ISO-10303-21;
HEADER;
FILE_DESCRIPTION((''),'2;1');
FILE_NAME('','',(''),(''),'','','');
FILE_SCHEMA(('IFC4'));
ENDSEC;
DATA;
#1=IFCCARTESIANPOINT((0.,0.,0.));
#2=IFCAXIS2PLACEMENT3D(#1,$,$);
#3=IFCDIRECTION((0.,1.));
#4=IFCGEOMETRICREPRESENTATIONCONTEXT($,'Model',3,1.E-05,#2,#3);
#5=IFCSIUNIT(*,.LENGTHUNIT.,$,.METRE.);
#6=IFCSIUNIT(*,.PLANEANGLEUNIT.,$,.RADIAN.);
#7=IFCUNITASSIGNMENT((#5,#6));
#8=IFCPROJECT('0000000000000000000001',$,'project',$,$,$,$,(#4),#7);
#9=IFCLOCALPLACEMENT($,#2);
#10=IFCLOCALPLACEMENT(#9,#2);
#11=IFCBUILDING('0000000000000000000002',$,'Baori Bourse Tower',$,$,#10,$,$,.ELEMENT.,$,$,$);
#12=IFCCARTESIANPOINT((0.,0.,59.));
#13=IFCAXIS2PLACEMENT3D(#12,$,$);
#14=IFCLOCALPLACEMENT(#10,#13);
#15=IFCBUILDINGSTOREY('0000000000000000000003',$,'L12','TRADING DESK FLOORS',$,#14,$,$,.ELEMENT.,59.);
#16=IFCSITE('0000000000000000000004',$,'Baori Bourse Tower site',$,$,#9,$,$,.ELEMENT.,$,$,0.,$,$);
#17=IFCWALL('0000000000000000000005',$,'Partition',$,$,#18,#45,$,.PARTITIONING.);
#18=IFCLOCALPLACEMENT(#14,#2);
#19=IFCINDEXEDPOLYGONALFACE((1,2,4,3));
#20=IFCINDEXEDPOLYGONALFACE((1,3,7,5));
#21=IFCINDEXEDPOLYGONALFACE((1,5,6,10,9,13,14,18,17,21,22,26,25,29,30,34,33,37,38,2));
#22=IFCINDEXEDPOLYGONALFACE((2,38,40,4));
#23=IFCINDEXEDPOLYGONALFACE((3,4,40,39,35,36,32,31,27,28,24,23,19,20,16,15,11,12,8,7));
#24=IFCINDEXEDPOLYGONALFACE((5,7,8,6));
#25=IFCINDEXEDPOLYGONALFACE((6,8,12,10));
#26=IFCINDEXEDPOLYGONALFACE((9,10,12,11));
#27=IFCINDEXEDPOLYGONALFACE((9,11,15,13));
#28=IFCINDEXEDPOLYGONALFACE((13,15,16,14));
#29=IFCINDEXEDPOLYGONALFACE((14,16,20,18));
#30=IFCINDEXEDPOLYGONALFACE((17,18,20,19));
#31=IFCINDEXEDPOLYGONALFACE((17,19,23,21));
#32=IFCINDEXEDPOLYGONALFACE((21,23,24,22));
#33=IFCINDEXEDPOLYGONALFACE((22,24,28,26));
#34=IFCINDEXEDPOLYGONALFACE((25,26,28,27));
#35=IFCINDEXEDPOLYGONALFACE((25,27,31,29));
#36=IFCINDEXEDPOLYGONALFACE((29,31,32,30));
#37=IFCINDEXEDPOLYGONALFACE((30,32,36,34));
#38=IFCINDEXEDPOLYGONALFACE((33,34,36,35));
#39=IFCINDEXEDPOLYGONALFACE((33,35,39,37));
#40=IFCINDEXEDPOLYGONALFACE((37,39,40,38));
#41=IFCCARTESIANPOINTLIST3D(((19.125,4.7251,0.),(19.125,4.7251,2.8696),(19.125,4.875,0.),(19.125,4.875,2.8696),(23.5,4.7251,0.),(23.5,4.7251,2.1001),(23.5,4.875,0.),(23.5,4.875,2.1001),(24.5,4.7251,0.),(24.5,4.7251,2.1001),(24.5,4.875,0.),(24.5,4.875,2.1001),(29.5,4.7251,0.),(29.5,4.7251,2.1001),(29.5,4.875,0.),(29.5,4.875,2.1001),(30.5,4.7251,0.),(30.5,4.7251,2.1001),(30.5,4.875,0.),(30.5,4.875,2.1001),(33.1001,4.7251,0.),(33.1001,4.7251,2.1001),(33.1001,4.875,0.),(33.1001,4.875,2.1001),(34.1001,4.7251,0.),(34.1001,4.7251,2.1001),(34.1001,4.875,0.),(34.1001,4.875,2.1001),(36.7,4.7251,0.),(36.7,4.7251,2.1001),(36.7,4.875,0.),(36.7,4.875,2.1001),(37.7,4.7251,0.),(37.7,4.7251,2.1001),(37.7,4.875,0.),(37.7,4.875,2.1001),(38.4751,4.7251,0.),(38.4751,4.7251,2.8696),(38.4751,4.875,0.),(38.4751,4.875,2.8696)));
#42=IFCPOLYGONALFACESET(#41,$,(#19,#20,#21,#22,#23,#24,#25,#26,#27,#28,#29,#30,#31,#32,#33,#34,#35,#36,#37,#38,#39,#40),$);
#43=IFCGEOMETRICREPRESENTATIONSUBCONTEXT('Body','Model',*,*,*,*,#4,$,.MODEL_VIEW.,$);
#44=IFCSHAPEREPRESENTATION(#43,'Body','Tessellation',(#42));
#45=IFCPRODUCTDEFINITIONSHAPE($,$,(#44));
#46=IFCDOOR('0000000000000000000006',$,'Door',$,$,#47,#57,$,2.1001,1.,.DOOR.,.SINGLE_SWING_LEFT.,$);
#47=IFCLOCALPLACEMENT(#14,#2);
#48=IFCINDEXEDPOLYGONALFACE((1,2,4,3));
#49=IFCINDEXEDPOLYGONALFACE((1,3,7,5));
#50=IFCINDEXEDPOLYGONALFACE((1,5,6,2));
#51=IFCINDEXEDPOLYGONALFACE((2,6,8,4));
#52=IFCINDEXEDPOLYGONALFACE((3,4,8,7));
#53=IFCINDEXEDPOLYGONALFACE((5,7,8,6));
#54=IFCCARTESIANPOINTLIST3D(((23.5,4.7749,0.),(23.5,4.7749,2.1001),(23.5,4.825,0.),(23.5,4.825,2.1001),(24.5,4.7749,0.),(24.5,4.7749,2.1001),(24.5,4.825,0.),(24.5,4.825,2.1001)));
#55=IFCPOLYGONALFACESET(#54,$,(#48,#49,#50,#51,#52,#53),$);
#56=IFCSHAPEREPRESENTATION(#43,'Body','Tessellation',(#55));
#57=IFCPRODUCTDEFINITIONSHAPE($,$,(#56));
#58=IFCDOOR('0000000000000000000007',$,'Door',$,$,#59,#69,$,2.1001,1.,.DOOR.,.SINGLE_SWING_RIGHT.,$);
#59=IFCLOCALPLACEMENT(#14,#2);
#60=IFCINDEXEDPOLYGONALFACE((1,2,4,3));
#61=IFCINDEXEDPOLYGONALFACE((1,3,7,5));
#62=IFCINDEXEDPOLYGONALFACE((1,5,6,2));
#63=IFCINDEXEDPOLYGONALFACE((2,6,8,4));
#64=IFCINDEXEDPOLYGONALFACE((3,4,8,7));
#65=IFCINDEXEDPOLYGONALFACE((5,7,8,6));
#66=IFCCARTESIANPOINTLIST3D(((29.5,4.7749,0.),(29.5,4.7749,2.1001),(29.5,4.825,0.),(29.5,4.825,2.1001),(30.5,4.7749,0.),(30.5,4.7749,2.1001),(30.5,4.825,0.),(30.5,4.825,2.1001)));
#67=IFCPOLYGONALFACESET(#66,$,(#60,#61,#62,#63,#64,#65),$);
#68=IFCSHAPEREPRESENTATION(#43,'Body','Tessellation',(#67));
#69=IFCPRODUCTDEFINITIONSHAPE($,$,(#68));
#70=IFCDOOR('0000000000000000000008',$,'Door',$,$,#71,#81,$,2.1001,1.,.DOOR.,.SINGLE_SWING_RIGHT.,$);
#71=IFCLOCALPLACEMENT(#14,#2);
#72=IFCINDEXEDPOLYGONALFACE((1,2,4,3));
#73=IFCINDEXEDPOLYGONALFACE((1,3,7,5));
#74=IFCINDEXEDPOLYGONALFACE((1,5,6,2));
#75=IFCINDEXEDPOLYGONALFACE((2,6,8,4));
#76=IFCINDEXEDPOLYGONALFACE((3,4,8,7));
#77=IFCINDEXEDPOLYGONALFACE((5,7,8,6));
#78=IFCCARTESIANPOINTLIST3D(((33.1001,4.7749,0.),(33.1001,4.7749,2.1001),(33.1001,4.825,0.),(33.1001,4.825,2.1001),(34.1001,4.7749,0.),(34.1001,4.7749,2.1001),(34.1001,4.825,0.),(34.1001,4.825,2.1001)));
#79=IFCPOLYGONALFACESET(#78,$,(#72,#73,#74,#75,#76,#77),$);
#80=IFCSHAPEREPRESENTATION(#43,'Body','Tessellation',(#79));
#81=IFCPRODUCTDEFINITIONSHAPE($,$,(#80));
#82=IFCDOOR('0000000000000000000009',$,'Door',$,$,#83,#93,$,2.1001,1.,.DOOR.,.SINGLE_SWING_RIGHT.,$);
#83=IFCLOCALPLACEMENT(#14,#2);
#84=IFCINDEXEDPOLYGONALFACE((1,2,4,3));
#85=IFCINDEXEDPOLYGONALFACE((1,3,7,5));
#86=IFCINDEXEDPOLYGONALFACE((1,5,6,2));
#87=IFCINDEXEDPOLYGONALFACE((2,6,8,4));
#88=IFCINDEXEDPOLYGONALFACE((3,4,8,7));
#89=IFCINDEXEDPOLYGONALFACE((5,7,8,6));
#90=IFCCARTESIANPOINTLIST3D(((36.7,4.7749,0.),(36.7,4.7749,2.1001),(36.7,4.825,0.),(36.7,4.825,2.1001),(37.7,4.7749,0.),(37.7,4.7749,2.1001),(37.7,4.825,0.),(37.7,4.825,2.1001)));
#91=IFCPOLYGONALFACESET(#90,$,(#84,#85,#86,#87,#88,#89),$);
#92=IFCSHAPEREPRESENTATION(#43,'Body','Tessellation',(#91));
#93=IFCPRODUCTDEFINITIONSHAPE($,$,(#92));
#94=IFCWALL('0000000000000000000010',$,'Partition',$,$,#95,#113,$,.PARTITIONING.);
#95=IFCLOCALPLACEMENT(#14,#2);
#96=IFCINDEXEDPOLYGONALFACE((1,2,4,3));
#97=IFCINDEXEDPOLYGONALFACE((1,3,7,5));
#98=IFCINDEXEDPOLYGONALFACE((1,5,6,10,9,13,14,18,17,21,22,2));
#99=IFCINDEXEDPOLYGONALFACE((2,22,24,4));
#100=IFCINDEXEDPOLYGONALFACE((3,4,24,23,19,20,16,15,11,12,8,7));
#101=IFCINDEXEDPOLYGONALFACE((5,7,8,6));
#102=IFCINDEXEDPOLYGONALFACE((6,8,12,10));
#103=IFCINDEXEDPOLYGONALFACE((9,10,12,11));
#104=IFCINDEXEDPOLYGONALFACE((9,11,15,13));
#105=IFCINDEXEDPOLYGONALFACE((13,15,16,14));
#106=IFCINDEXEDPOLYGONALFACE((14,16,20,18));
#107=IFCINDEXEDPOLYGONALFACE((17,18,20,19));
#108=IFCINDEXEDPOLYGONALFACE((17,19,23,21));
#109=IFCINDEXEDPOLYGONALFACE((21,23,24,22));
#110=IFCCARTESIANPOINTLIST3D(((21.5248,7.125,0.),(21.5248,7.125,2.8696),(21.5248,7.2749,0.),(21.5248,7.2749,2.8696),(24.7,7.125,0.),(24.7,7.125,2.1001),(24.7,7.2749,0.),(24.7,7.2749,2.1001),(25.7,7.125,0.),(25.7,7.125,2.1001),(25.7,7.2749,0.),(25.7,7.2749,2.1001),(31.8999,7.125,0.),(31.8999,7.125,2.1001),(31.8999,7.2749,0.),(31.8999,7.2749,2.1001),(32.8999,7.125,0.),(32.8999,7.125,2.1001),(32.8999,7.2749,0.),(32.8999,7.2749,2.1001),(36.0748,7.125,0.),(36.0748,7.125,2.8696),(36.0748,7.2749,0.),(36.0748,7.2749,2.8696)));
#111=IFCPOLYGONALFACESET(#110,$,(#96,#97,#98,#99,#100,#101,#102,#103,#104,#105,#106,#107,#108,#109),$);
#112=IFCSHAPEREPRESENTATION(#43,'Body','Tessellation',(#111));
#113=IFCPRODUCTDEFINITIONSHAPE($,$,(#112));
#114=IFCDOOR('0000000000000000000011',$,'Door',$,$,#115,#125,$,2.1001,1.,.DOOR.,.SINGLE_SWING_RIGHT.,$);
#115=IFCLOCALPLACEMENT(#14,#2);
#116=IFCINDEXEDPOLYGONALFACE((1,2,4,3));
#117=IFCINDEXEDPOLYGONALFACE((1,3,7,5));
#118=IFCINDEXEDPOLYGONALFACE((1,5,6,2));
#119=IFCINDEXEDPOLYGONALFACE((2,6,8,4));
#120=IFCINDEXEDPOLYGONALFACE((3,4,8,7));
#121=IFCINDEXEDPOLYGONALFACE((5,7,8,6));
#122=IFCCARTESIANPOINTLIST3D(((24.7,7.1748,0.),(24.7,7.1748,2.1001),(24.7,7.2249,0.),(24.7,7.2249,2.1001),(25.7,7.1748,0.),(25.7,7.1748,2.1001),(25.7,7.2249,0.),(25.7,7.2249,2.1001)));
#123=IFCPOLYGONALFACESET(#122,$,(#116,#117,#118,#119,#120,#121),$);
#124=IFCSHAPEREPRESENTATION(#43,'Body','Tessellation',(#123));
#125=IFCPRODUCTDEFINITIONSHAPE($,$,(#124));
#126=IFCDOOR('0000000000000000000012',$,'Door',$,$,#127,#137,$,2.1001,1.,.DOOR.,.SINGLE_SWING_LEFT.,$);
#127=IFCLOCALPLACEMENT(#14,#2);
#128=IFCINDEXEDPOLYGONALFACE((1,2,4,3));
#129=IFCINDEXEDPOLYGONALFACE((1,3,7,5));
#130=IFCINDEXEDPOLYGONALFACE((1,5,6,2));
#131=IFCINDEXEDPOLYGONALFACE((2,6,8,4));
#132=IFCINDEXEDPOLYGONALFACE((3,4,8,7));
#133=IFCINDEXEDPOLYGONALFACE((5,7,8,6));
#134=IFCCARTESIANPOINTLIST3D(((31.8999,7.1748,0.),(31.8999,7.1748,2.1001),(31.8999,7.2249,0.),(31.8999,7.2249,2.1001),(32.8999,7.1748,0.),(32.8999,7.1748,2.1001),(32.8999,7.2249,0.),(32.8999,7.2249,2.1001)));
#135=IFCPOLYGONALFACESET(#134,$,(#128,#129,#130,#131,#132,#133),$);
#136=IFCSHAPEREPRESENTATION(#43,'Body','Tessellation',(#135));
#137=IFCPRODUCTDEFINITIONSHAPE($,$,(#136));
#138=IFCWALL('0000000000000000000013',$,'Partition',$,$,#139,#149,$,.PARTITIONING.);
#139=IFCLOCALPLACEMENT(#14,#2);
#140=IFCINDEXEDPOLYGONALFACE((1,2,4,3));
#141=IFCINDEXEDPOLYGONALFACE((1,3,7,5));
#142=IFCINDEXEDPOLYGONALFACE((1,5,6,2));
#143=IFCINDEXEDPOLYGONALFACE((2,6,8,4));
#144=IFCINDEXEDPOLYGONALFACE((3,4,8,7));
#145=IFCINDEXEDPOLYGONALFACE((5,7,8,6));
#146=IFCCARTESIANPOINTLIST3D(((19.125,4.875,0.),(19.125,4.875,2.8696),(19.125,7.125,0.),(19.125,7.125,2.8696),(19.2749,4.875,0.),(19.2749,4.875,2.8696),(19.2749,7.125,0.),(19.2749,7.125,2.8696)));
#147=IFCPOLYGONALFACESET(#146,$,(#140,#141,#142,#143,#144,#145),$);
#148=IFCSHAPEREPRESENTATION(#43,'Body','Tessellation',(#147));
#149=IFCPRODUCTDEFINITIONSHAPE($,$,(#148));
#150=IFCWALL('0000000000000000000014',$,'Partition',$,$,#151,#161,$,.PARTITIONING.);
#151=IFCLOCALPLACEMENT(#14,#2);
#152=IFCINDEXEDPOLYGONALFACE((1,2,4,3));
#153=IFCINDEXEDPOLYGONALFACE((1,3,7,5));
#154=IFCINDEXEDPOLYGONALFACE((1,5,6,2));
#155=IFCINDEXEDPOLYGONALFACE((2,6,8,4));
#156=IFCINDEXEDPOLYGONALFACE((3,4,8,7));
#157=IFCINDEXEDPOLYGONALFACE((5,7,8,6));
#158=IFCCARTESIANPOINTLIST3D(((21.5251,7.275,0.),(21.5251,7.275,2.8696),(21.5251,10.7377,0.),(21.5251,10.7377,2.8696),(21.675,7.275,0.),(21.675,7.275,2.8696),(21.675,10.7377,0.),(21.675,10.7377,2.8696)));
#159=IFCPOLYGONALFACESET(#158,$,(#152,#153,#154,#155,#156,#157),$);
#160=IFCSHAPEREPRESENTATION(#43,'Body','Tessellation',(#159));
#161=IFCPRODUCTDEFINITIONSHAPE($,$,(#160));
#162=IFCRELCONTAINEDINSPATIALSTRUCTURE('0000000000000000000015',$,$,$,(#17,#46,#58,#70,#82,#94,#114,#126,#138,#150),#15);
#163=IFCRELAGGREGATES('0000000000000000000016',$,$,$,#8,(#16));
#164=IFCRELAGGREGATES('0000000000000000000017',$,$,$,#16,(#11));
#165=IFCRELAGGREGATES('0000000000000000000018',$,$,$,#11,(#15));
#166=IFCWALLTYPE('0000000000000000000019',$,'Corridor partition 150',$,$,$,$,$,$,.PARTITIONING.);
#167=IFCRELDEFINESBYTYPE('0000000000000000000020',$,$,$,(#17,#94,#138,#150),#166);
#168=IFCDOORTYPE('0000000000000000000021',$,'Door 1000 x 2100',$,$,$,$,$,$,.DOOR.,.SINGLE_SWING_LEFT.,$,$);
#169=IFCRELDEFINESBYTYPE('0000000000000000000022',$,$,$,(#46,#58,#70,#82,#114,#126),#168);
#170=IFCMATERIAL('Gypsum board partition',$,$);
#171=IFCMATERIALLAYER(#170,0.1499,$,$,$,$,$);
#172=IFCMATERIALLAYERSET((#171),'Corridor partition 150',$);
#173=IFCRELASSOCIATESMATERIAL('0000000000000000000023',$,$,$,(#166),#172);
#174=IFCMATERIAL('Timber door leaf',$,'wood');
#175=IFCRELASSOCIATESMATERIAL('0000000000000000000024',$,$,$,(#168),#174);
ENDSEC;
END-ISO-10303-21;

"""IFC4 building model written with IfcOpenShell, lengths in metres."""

from ifc_helpers import new_model, si_unit, direction, frame, frame_2d, origin, place, context, subcontext, project, spatial, rectangle, extrude, material, layer, layer_set, type_object, element, fill, save


model = new_model("IFC4")

# Units and contexts
model_context = context("Model", 3, precision=1e-05, world=origin(), true_north=direction((0.0, 1.0)))
body_context = subcontext(model_context, "Body", "Model", "MODEL_VIEW")
ifc_project = project(units=[si_unit("LENGTHUNIT", "METRE"), si_unit("PLANEANGLEUNIT", "RADIAN")], contexts=[model_context])

# Site, building, storey
site_placement = place(None, origin())
site = spatial("IfcSite", under=ifc_project, at=site_placement, Name="Baori Bourse Tower site", CompositionType="ELEMENT", RefElevation=0.0)
building_placement = place(site_placement, origin())
building = spatial("IfcBuilding", under=site, at=building_placement, Name="Baori Bourse Tower", CompositionType="ELEMENT")
storey_placement = place(building_placement, frame((0.0, 0.0, 59.0)))
storey = spatial("IfcBuildingStorey", under=building, at=storey_placement, Name="L12", Description="TRADING DESK FLOORS", CompositionType="ELEMENT", Elevation=59.0)

# Walls, openings, doors
ifc_material_1 = material(Name="Gypsum board partition")
ifc_layer_1 = layer(ifc_material_1, 0.1499)
ifc_layer_set_1 = layer_set([ifc_layer_1], Name="Corridor partition 150")
wall_type_1 = type_object("IfcWallType", Name="Corridor partition 150", PredefinedType="PARTITIONING", material=ifc_layer_set_1)
wall_1_placement = place(storey_placement, frame((19.125, 4.8, 0.0), z_axis=(0.0, 0.0, 1.0), x_axis=(1.0, 0.0, 0.0)))
wall_1 = element("IfcWall", 1, at=wall_1_placement, inside=storey, type_object=wall_type_1, Name="Partition", PredefinedType="PARTITIONING", context=body_context, shape_type="SweptSolid", body=[
    extrude(rectangle(XDim=19.3501, YDim=0.1499, at=frame_2d((9.675, 0.0))), origin(), (0.0, 0.0, 1.0), 2.8696),
])
opening_1_placement = place(wall_1_placement, frame((4.375, 0.0, 0.0)))
opening_1 = element("IfcOpeningElement", 2, at=opening_1_placement, cuts=wall_1, PredefinedType="OPENING", context=body_context, shape_type="SweptSolid", body=[
    extrude(rectangle(XDim=1.0, YDim=2.1001, at=frame_2d((0.5, 1.05))), frame((0.0, 0.085, 0.0), z_axis=(0.0, -1.0, 0.0), x_axis=(1.0, 0.0, 0.0)), (0.0, 0.0, 1.0), 0.1699),
])
opening_2_placement = place(wall_1_placement, frame((10.375, 0.0, 0.0)))
opening_2 = element("IfcOpeningElement", 3, at=opening_2_placement, cuts=wall_1, PredefinedType="OPENING", context=body_context, shape_type="SweptSolid", body=[
    extrude(rectangle(XDim=1.0, YDim=2.1001, at=frame_2d((0.5, 1.05))), frame((0.0, 0.085, 0.0), z_axis=(0.0, -1.0, 0.0), x_axis=(1.0, 0.0, 0.0)), (0.0, 0.0, 1.0), 0.1699),
])
opening_3_placement = place(wall_1_placement, frame((13.9751, 0.0, 0.0)))
opening_3 = element("IfcOpeningElement", 4, at=opening_3_placement, cuts=wall_1, PredefinedType="OPENING", context=body_context, shape_type="SweptSolid", body=[
    extrude(rectangle(XDim=1.0, YDim=2.1001, at=frame_2d((0.5, 1.05))), frame((0.0, 0.085, 0.0), z_axis=(0.0, -1.0, 0.0), x_axis=(1.0, 0.0, 0.0)), (0.0, 0.0, 1.0), 0.1699),
])
opening_4_placement = place(wall_1_placement, frame((17.575, 0.0, 0.0)))
opening_4 = element("IfcOpeningElement", 5, at=opening_4_placement, cuts=wall_1, PredefinedType="OPENING", context=body_context, shape_type="SweptSolid", body=[
    extrude(rectangle(XDim=1.0, YDim=2.1001, at=frame_2d((0.5, 1.05))), frame((0.0, 0.085, 0.0), z_axis=(0.0, -1.0, 0.0), x_axis=(1.0, 0.0, 0.0)), (0.0, 0.0, 1.0), 0.1699),
])
ifc_material_2 = material(Name="Timber door leaf", Category="wood")
door_type_1 = type_object("IfcDoorType", Name="Door 1000 x 2100", OperationType="SINGLE_SWING_LEFT", PredefinedType="DOOR", material=ifc_material_2)
door_1_placement = place(opening_1_placement, origin())
door_1 = element("IfcDoor", 6, at=door_1_placement, inside=storey, type_object=door_type_1, Name="Door", OperationType="SINGLE_SWING_LEFT", OverallHeight=2.1001, OverallWidth=1.0, PredefinedType="DOOR", context=body_context, shape_type="SweptSolid", body=[
    extrude(rectangle(XDim=1.0, YDim=2.1001, at=frame_2d((0.5, 1.05))), frame((0.0, 0.0249, 0.0), z_axis=(0.0, -1.0, 0.0), x_axis=(1.0, 0.0, 0.0)), (0.0, 0.0, 1.0), 0.05),
])
fill(opening_1, door_1)
door_2_placement = place(opening_2_placement, origin())
door_2 = element("IfcDoor", 7, at=door_2_placement, inside=storey, type_object=door_type_1, Name="Door", OperationType="SINGLE_SWING_RIGHT", OverallHeight=2.1001, OverallWidth=1.0, PredefinedType="DOOR", context=body_context, shape_type="SweptSolid", body=[
    extrude(rectangle(XDim=1.0, YDim=2.1001, at=frame_2d((0.5, 1.05))), frame((0.0, 0.0249, 0.0), z_axis=(0.0, -1.0, 0.0), x_axis=(1.0, 0.0, 0.0)), (0.0, 0.0, 1.0), 0.05),
])
fill(opening_2, door_2)
door_3_placement = place(opening_3_placement, origin())
door_3 = element("IfcDoor", 8, at=door_3_placement, inside=storey, type_object=door_type_1, Name="Door", OperationType="SINGLE_SWING_RIGHT", OverallHeight=2.1001, OverallWidth=1.0, PredefinedType="DOOR", context=body_context, shape_type="SweptSolid", body=[
    extrude(rectangle(XDim=1.0, YDim=2.1001, at=frame_2d((0.5, 1.05))), frame((0.0, 0.0249, 0.0), z_axis=(0.0, -1.0, 0.0), x_axis=(1.0, 0.0, 0.0)), (0.0, 0.0, 1.0), 0.05),
])
fill(opening_3, door_3)
door_4_placement = place(opening_4_placement, origin())
door_4 = element("IfcDoor", 9, at=door_4_placement, inside=storey, type_object=door_type_1, Name="Door", OperationType="SINGLE_SWING_RIGHT", OverallHeight=2.1001, OverallWidth=1.0, PredefinedType="DOOR", context=body_context, shape_type="SweptSolid", body=[
    extrude(rectangle(XDim=1.0, YDim=2.1001, at=frame_2d((0.5, 1.05))), frame((0.0, 0.0249, 0.0), z_axis=(0.0, -1.0, 0.0), x_axis=(1.0, 0.0, 0.0)), (0.0, 0.0, 1.0), 0.05),
])
fill(opening_4, door_4)
wall_2_placement = place(storey_placement, frame((21.5249, 7.2, 0.0), z_axis=(0.0, 0.0, 1.0), x_axis=(1.0, 0.0, 0.0)))
wall_2 = element("IfcWall", 10, at=wall_2_placement, inside=storey, type_object=wall_type_1, Name="Partition", PredefinedType="PARTITIONING", context=body_context, shape_type="SweptSolid", body=[
    extrude(rectangle(XDim=14.55, YDim=0.1499, at=frame_2d((7.2749, 0.0))), origin(), (0.0, 0.0, 1.0), 2.8696),
])
opening_5_placement = place(wall_2_placement, frame((3.175, 0.0, 0.0)))
opening_5 = element("IfcOpeningElement", 11, at=opening_5_placement, cuts=wall_2, PredefinedType="OPENING", context=body_context, shape_type="SweptSolid", body=[
    extrude(rectangle(XDim=1.0, YDim=2.1001, at=frame_2d((0.5, 1.05))), frame((0.0, 0.085, 0.0), z_axis=(0.0, -1.0, 0.0), x_axis=(1.0, 0.0, 0.0)), (0.0, 0.0, 1.0), 0.1699),
])
opening_6_placement = place(wall_2_placement, frame((10.375, 0.0, 0.0)))
opening_6 = element("IfcOpeningElement", 12, at=opening_6_placement, cuts=wall_2, PredefinedType="OPENING", context=body_context, shape_type="SweptSolid", body=[
    extrude(rectangle(XDim=1.0, YDim=2.1001, at=frame_2d((0.5, 1.05))), frame((0.0, 0.085, 0.0), z_axis=(0.0, -1.0, 0.0), x_axis=(1.0, 0.0, 0.0)), (0.0, 0.0, 1.0), 0.1699),
])
door_5_placement = place(opening_5_placement, origin())
door_5 = element("IfcDoor", 13, at=door_5_placement, inside=storey, type_object=door_type_1, Name="Door", OperationType="SINGLE_SWING_RIGHT", OverallHeight=2.1001, OverallWidth=1.0, PredefinedType="DOOR", context=body_context, shape_type="SweptSolid", body=[
    extrude(rectangle(XDim=1.0, YDim=2.1001, at=frame_2d((0.5, 1.05))), frame((0.0, 0.0249, 0.0), z_axis=(0.0, -1.0, 0.0), x_axis=(1.0, 0.0, 0.0)), (0.0, 0.0, 1.0), 0.05),
])
fill(opening_5, door_5)
door_6_placement = place(opening_6_placement, origin())
door_6 = element("IfcDoor", 14, at=door_6_placement, inside=storey, type_object=door_type_1, Name="Door", OperationType="SINGLE_SWING_LEFT", OverallHeight=2.1001, OverallWidth=1.0, PredefinedType="DOOR", context=body_context, shape_type="SweptSolid", body=[
    extrude(rectangle(XDim=1.0, YDim=2.1001, at=frame_2d((0.5, 1.05))), frame((0.0, 0.0249, 0.0), z_axis=(0.0, -1.0, 0.0), x_axis=(1.0, 0.0, 0.0)), (0.0, 0.0, 1.0), 0.05),
])
fill(opening_6, door_6)

# Walls
wall_3_placement = place(storey_placement, frame((19.2, 4.875, 0.0), z_axis=(0.0, 0.0, 1.0), x_axis=(0.0, 1.0, 0.0)))
element("IfcWall", 15, at=wall_3_placement, inside=storey, type_object=wall_type_1, Name="Partition", PredefinedType="PARTITIONING", context=body_context, shape_type="SweptSolid", body=[
    extrude(rectangle(XDim=2.25, YDim=0.1499, at=frame_2d((1.125, 0.0))), origin(), (0.0, 0.0, 1.0), 2.8696),
])
wall_4_placement = place(storey_placement, frame((21.6001, 7.2749, 0.0), z_axis=(0.0, 0.0, 1.0), x_axis=(0.0, 1.0, 0.0)))
element("IfcWall", 16, at=wall_4_placement, inside=storey, type_object=wall_type_1, Name="Partition", PredefinedType="PARTITIONING", context=body_context, shape_type="SweptSolid", body=[
    extrude(rectangle(XDim=3.4626, YDim=0.1499, at=frame_2d((1.7314, 0.0))), origin(), (0.0, 0.0, 1.0), 2.8696),
])

save(model, "model.ifc")
